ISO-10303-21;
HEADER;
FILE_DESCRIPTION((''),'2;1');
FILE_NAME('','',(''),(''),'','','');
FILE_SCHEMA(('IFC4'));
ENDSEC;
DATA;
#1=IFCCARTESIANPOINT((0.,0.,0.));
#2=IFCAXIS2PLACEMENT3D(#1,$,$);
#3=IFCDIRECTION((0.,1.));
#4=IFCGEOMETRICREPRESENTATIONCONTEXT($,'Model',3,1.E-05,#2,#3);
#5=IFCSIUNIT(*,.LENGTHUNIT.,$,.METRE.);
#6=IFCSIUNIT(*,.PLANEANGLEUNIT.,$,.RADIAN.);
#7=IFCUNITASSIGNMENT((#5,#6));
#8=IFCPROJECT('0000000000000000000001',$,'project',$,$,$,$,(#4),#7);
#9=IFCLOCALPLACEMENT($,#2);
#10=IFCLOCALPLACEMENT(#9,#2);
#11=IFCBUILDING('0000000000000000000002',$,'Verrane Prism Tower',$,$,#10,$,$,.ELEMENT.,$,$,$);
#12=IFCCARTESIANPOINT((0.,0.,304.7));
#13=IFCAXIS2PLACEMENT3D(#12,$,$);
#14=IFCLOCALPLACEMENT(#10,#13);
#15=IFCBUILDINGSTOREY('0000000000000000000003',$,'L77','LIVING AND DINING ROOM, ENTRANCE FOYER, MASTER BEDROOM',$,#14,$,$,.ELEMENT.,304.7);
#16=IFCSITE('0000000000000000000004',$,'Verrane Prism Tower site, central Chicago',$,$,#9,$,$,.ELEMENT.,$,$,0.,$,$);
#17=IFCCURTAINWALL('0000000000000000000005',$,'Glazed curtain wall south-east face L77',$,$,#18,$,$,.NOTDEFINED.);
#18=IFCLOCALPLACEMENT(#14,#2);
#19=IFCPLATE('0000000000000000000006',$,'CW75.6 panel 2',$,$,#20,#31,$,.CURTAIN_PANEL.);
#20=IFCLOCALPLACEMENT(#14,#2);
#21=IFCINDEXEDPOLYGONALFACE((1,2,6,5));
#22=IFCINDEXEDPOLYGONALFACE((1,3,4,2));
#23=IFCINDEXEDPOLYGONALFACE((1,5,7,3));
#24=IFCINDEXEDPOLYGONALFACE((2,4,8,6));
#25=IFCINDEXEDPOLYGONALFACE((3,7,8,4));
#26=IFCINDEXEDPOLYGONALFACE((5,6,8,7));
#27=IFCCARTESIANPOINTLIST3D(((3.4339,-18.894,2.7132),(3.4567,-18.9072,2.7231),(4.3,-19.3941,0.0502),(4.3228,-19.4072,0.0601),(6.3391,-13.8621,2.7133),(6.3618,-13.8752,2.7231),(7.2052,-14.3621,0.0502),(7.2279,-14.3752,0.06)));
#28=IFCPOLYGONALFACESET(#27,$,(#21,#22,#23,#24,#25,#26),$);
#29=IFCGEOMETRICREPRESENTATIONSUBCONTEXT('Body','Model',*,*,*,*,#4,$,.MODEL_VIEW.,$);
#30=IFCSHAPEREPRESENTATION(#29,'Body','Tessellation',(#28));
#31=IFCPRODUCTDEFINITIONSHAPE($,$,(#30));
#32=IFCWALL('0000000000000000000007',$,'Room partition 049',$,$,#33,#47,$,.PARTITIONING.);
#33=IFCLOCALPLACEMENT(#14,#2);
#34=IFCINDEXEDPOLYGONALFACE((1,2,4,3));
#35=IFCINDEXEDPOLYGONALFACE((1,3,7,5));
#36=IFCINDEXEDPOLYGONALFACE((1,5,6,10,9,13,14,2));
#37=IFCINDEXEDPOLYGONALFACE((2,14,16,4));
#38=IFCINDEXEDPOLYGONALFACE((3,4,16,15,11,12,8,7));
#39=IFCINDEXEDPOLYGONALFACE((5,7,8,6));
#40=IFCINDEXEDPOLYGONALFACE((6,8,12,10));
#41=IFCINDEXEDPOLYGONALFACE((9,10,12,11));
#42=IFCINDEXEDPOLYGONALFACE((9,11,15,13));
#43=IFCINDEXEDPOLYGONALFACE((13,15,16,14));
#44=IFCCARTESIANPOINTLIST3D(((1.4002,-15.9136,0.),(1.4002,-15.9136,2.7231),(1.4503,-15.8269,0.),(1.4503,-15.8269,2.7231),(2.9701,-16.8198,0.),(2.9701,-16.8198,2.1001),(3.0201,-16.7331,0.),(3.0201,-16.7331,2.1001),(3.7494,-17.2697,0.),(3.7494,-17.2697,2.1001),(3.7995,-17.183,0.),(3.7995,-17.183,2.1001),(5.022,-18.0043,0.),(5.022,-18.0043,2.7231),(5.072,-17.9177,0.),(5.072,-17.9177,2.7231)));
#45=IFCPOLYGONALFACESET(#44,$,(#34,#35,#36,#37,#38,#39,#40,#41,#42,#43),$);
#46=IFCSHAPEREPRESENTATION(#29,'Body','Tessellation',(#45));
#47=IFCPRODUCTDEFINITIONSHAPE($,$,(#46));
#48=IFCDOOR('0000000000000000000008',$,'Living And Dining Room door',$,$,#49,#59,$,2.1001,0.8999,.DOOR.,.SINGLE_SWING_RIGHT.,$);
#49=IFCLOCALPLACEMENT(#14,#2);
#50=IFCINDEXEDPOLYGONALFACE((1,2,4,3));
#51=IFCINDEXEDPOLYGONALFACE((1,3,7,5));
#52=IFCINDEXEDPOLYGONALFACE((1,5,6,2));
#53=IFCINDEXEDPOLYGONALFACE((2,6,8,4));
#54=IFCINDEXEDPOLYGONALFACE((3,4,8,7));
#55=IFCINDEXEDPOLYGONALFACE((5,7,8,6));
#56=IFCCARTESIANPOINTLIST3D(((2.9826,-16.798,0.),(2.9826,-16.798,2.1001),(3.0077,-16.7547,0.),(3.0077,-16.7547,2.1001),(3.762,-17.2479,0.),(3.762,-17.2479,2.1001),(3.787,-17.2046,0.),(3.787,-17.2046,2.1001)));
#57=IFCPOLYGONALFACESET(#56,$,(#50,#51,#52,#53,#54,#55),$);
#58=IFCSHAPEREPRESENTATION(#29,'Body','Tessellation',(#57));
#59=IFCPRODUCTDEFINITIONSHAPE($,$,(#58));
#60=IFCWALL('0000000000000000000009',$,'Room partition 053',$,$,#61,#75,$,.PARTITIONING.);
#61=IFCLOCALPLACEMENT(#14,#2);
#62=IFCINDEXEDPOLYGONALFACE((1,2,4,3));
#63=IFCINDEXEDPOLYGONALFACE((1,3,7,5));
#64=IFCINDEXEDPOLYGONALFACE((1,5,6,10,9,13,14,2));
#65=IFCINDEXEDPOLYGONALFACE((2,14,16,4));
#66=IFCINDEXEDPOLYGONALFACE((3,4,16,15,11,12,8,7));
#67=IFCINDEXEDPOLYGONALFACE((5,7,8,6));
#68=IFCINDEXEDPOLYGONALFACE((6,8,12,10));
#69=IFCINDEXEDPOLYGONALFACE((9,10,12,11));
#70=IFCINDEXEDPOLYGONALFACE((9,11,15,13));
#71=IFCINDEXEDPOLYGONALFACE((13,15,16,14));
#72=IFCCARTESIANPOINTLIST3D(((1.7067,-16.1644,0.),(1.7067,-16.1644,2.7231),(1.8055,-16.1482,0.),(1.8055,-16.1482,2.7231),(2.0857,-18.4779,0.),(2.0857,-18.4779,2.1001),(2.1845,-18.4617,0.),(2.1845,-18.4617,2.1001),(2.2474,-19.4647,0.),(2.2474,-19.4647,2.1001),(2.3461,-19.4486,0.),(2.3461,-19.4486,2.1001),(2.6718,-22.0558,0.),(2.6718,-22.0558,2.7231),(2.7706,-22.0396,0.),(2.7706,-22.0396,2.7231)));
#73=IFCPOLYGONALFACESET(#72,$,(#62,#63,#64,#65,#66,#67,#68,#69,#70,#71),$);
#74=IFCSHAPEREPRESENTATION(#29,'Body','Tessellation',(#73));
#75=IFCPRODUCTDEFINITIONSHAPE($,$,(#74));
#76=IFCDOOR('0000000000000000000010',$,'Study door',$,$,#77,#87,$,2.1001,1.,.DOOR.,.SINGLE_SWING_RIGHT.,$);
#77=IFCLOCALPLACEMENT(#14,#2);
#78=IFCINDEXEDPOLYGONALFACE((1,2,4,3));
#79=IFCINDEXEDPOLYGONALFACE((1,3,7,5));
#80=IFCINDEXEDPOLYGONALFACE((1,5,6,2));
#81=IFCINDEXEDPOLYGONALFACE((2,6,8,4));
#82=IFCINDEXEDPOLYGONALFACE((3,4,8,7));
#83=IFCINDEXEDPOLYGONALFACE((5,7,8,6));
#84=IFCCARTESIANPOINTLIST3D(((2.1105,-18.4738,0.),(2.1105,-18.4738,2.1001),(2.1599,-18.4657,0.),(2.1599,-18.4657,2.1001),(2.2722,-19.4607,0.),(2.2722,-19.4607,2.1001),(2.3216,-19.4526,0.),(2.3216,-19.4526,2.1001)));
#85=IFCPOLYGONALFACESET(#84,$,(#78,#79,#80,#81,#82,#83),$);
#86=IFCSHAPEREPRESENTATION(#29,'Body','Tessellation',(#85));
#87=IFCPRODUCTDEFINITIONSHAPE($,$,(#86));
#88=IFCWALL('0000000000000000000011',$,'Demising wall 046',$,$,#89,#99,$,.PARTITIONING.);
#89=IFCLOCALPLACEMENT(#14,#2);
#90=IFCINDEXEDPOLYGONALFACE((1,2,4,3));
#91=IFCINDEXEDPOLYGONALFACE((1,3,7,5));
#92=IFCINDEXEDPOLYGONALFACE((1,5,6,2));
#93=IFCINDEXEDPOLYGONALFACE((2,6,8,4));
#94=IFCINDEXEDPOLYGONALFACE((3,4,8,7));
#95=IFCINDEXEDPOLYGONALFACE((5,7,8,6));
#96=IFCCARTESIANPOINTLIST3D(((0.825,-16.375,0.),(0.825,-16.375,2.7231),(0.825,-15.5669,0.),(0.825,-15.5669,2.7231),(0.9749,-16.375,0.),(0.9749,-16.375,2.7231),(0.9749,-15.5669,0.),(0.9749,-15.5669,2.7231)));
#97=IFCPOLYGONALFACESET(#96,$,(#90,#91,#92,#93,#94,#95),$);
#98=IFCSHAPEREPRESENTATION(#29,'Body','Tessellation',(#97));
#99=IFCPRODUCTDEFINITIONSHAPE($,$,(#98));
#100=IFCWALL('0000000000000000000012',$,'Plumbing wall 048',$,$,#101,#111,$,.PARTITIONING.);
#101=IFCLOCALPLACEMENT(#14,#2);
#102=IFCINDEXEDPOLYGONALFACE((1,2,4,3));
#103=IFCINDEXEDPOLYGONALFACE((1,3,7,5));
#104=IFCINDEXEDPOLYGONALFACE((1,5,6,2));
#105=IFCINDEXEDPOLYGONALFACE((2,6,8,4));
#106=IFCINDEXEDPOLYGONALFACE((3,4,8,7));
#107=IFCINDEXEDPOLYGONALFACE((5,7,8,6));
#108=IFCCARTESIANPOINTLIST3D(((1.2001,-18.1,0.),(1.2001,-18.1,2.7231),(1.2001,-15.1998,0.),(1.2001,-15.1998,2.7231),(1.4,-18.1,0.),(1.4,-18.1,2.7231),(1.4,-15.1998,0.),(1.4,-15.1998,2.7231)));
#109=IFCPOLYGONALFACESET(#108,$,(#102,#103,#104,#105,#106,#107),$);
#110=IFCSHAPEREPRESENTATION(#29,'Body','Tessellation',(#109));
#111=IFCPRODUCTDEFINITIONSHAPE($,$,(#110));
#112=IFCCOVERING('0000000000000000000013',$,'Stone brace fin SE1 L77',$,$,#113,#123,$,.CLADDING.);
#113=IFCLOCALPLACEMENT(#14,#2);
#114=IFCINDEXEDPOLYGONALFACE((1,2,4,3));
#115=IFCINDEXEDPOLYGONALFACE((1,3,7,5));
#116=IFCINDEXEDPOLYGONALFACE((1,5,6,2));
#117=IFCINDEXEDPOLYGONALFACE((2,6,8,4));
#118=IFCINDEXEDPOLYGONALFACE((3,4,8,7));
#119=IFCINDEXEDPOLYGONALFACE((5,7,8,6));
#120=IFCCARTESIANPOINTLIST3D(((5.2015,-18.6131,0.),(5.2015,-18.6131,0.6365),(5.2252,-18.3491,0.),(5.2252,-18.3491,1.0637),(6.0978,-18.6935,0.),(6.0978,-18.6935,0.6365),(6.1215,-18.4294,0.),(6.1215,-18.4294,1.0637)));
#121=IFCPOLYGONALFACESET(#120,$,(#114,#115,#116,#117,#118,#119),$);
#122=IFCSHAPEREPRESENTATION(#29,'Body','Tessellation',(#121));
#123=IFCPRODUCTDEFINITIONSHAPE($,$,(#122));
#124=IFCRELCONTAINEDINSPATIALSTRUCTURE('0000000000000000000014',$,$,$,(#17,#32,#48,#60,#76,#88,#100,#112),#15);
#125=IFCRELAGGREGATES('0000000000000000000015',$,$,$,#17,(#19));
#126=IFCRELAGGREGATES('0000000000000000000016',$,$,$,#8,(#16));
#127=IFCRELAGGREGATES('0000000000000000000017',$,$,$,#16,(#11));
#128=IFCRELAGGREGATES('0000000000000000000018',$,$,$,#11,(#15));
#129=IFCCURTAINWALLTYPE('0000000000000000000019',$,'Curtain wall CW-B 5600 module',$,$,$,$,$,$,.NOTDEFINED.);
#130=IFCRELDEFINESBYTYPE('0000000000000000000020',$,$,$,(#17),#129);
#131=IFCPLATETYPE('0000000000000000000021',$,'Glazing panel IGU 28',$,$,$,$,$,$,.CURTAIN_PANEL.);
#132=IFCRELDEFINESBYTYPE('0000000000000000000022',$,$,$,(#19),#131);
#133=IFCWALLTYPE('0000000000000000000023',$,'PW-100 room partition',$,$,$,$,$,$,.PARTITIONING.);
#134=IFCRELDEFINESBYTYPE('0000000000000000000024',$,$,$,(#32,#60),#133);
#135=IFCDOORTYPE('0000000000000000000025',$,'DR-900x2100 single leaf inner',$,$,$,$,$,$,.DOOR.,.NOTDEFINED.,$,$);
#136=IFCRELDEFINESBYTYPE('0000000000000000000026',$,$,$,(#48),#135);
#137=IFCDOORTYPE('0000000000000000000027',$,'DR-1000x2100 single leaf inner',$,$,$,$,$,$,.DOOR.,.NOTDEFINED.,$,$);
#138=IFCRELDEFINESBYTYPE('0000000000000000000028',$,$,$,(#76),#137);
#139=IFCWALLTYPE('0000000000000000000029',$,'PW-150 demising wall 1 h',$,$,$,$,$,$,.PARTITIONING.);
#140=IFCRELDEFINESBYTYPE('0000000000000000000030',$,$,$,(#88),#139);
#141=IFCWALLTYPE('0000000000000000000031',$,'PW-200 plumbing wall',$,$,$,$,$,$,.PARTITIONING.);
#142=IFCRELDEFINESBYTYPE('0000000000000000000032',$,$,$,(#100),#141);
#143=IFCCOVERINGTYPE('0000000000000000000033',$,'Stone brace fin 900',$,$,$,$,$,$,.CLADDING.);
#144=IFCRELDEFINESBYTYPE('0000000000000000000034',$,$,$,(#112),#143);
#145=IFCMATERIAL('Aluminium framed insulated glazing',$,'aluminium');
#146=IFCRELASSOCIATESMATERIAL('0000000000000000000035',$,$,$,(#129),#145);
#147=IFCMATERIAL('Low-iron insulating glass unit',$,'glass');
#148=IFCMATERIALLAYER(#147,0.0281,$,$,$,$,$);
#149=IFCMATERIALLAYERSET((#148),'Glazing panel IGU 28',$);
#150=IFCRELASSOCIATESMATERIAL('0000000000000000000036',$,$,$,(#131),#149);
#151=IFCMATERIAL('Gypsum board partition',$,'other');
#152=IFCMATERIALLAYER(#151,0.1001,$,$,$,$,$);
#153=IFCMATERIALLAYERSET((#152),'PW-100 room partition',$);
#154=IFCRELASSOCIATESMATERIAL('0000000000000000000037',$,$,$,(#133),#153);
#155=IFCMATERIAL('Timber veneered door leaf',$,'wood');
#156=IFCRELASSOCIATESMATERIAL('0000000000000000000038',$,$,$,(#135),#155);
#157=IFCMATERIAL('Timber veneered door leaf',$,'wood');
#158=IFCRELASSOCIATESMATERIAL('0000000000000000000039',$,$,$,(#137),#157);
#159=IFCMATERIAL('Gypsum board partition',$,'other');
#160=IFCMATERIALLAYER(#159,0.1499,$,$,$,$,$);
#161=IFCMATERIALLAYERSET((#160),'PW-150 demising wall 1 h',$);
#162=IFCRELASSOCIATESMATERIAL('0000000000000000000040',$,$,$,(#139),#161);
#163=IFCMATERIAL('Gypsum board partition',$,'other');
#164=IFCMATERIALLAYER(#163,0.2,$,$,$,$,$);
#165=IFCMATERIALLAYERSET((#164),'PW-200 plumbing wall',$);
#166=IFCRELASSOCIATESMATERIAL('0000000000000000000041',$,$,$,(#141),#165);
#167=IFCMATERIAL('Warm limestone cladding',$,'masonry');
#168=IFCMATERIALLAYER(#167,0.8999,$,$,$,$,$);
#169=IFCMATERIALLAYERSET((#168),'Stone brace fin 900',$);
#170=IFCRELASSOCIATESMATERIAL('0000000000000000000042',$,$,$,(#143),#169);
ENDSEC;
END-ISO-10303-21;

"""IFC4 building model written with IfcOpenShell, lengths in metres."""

from ifc_helpers import new_model, si_unit, direction, frame, frame_2d, origin, place, context, subcontext, project, spatial, polyline, rectangle, outline, extrude, material, layer, layer_set, type_object, element, fill, aggregate, save


model = new_model("IFC4")

# Units and contexts
model_context = context("Model", 3, precision=1e-05, world=origin(), true_north=direction((0.0, 1.0)))
body_context = subcontext(model_context, "Body", "Model", "MODEL_VIEW")
ifc_project = project(units=[si_unit("LENGTHUNIT", "METRE"), si_unit("PLANEANGLEUNIT", "RADIAN")], contexts=[model_context])

# Site, building, storey
site_placement = place(None, origin())
site = spatial("IfcSite", under=ifc_project, at=site_placement, Name="Verrane Prism Tower site, central Chicago", CompositionType="ELEMENT", RefElevation=0.0)
building_placement = place(site_placement, origin())
building = spatial("IfcBuilding", under=site, at=building_placement, Name="Verrane Prism Tower", CompositionType="ELEMENT")
storey_placement = place(building_placement, frame((0.0, 0.0, 304.7)))
storey = spatial("IfcBuildingStorey", under=building, at=storey_placement, Name="L77", Description="LIVING AND DINING ROOM, ENTRANCE FOYER, MASTER BEDROOM", CompositionType="ELEMENT", Elevation=304.7)

# Curtain wall
ifc_material_1 = material(Name="Aluminium framed insulated glazing", Category="aluminium")
curtain_wall_type = type_object("IfcCurtainWallType", Name="Curtain wall CW-B 5600 module", PredefinedType="NOTDEFINED", material=ifc_material_1)
curtain_wall_placement = place(storey_placement, origin())
curtain_wall = element("IfcCurtainWall", 1, at=curtain_wall_placement, inside=storey, type_object=curtain_wall_type, Name="Glazed curtain wall south-east face L77", PredefinedType="NOTDEFINED")

# Plate
ifc_material_2 = material(Name="Low-iron insulating glass unit", Category="glass")
ifc_layer_1 = layer(ifc_material_2, 0.0281)
ifc_layer_set_1 = layer_set([ifc_layer_1], Name="Glazing panel IGU 28")
plate_type = type_object("IfcPlateType", Name="Glazing panel IGU 28", PredefinedType="CURTAIN_PANEL", material=ifc_layer_set_1)
plate_1_placement = place(storey_placement, frame((4.3228, -19.4072, 0.0601), z_axis=(0.810749, -0.468076, 0.351554), x_axis=(0.499994, 0.866029, -0.000006)))
plate_1 = element("IfcPlate", 2, at=plate_1_placement, type_object=plate_type, Name="CW75.6 panel 2", PredefinedType="CURTAIN_PANEL", context=body_context, shape_type="SweptSolid", body=[
    extrude(outline(polyline([(0.0, 0.0), (5.8105, 0.0), (5.8104, 2.8447), (0.0, 2.8446), (0.0, 0.0)])), origin(), (0.0, 0.0, -1.0), 0.0281),
])
aggregate(curtain_wall, [plate_1])

# Walls, openings, doors
ifc_material_3 = material(Name="Gypsum board partition", Category="other")
ifc_layer_2 = layer(ifc_material_3, 0.1001)
ifc_layer_set_2 = layer_set([ifc_layer_2], Name="PW-100 room partition")
wall_type_1 = type_object("IfcWallType", Name="PW-100 room partition", PredefinedType="PARTITIONING", material=ifc_layer_set_2)
wall_1_placement = place(storey_placement, frame((5.0469, -17.9609, 0.0), z_axis=(0.0, 0.0, 1.0), x_axis=(-0.86605, 0.499957, 0.0)))
wall_1 = element("IfcWall", 3, at=wall_1_placement, inside=storey, type_object=wall_type_1, Name="Room partition 049", PredefinedType="PARTITIONING", context=body_context, shape_type="SweptSolid", body=[
    extrude(rectangle(XDim=4.1819, YDim=0.1001, at=frame_2d((2.0908, 0.0))), origin(), (0.0, 0.0, 1.0), 2.7231),
])
opening_1_placement = place(wall_1_placement, frame((1.4692, 0.0, 0.0)))
opening_1 = element("IfcOpeningElement", 4, at=opening_1_placement, cuts=wall_1, PredefinedType="OPENING", context=body_context, shape_type="SweptSolid", body=[
    extrude(rectangle(XDim=0.8999, YDim=2.1001, at=frame_2d((0.45, 1.05))), frame((0.0, 0.0601, 0.0), z_axis=(0.0, -1.0, 0.0), x_axis=(1.0, 0.0, 0.0)), (0.0, 0.0, 1.0), 0.1201),
])
ifc_material_4 = material(Name="Timber veneered door leaf", Category="wood")
door_type_1 = type_object("IfcDoorType", Name="DR-900x2100 single leaf inner", OperationType="NOTDEFINED", PredefinedType="DOOR", material=ifc_material_4)
door_1_placement = place(opening_1_placement, origin())
door_1 = element("IfcDoor", 5, at=door_1_placement, inside=storey, type_object=door_type_1, Name="Living And Dining Room door", OperationType="SINGLE_SWING_RIGHT", OverallHeight=2.1001, OverallWidth=0.8999, PredefinedType="DOOR", context=body_context, shape_type="SweptSolid", body=[
    extrude(rectangle(XDim=0.8999, YDim=2.1001, at=frame_2d((0.45, 1.05))), frame((0.0, 0.0249, 0.0), z_axis=(0.0, -1.0, 0.0), x_axis=(1.0, 0.0, 0.0)), (0.0, 0.0, 1.0), 0.05),
])
fill(opening_1, door_1)
wall_2_placement = place(storey_placement, frame((2.7212, -22.0476, 0.0), z_axis=(0.0, 0.0, 1.0), x_axis=(-0.161659, 0.986847, 0.0)))
wall_2 = element("IfcWall", 6, at=wall_2_placement, inside=storey, type_object=wall_type_1, Name="Room partition 053", PredefinedType="PARTITIONING", context=body_context, shape_type="SweptSolid", body=[
    extrude(rectangle(XDim=5.97, YDim=0.1001, at=frame_2d((2.9849, 0.0))), origin(), (0.0, 0.0, 1.0), 2.7231),
])
opening_2_placement = place(wall_2_placement, frame((2.6255, 0.0, 0.0)))
opening_2 = element("IfcOpeningElement", 7, at=opening_2_placement, cuts=wall_2, PredefinedType="OPENING", context=body_context, shape_type="SweptSolid", body=[
    extrude(rectangle(XDim=1.0, YDim=2.1001, at=frame_2d((0.5, 1.05))), frame((0.0, 0.0601, 0.0), z_axis=(0.0, -1.0, 0.0), x_axis=(1.0, 0.0, 0.0)), (0.0, 0.0, 1.0), 0.1201),
])
ifc_material_5 = material(Name="Timber veneered door leaf", Category="wood")
door_type_2 = type_object("IfcDoorType", Name="DR-1000x2100 single leaf inner", OperationType="NOTDEFINED", PredefinedType="DOOR", material=ifc_material_5)
door_2_placement = place(opening_2_placement, origin())
door_2 = element("IfcDoor", 8, at=door_2_placement, inside=storey, type_object=door_type_2, Name="Study door", OperationType="SINGLE_SWING_RIGHT", OverallHeight=2.1001, OverallWidth=1.0, PredefinedType="DOOR", context=body_context, shape_type="SweptSolid", body=[
    extrude(rectangle(XDim=1.0, YDim=2.1001, at=frame_2d((0.5, 1.05))), frame((0.0, 0.0249, 0.0), z_axis=(0.0, -1.0, 0.0), x_axis=(1.0, 0.0, 0.0)), (0.0, 0.0, 1.0), 0.05),
])
fill(opening_2, door_2)

# Walls
ifc_material_6 = material(Name="Gypsum board partition", Category="other")
ifc_layer_3 = layer(ifc_material_6, 0.1499)
ifc_layer_set_3 = layer_set([ifc_layer_3], Name="PW-150 demising wall 1 h")
wall_type_2 = type_object("IfcWallType", Name="PW-150 demising wall 1 h", PredefinedType="PARTITIONING", material=ifc_layer_set_3)
wall_3_placement = place(storey_placement, frame((0.8999, -16.375, 0.0), z_axis=(0.0, 0.0, 1.0), x_axis=(0.0, 1.0, 0.0)))
element("IfcWall", 9, at=wall_3_placement, inside=storey, type_object=wall_type_2, Name="Demising wall 046", PredefinedType="PARTITIONING", context=body_context, shape_type="SweptSolid", body=[
    extrude(rectangle(XDim=0.8081, YDim=0.1499, at=frame_2d((0.4041, 0.0))), origin(), (0.0, 0.0, 1.0), 2.7231),
])
ifc_material_7 = material(Name="Gypsum board partition", Category="other")
ifc_layer_4 = layer(ifc_material_7, 0.2)
ifc_layer_set_4 = layer_set([ifc_layer_4], Name="PW-200 plumbing wall")
wall_type_3 = type_object("IfcWallType", Name="PW-200 plumbing wall", PredefinedType="PARTITIONING", material=ifc_layer_set_4)
wall_4_placement = place(storey_placement, frame((1.3, -18.1001, 0.0), z_axis=(0.0, 0.0, 1.0), x_axis=(0.0, 1.0, 0.0)))
element("IfcWall", 10, at=wall_4_placement, inside=storey, type_object=wall_type_3, Name="Plumbing wall 048", PredefinedType="PARTITIONING", context=body_context, shape_type="SweptSolid", body=[
    extrude(rectangle(XDim=2.9001, YDim=0.2, at=frame_2d((1.4502, 0.0))), origin(), (0.0, 0.0, 1.0), 2.7231),
])

# Covering
ifc_material_8 = material(Name="Warm limestone cladding", Category="masonry")
ifc_layer_5 = layer(ifc_material_8, 0.8999)
ifc_layer_set_5 = layer_set([ifc_layer_5], Name="Stone brace fin 900")
covering_type = type_object("IfcCoveringType", Name="Stone brace fin 900", PredefinedType="CLADDING", material=ifc_layer_set_5)
covering_placement = place(storey_placement, frame((5.6497, -18.6533, 0.0), z_axis=(0.0, 0.0, 1.0), x_axis=(0.089291, 0.996006, 0.0)))
element("IfcCovering", 11, at=covering_placement, inside=storey, type_object=covering_type, Name="Stone brace fin SE1 L77", PredefinedType="CLADDING", context=body_context, shape_type="SweptSolid", body=[
    extrude(outline(polyline([(0.0, 0.0), (0.2651, 0.0), (0.2651, 1.0637), (0.0, 0.6365), (0.0, 0.0)])), frame((0.0, 0.45, 0.0), z_axis=(0.0, -1.0, 0.0), x_axis=(1.0, 0.0, 0.0)), (0.0, 0.0, 1.0), 0.8999),
])

save(model, "model.ifc")
